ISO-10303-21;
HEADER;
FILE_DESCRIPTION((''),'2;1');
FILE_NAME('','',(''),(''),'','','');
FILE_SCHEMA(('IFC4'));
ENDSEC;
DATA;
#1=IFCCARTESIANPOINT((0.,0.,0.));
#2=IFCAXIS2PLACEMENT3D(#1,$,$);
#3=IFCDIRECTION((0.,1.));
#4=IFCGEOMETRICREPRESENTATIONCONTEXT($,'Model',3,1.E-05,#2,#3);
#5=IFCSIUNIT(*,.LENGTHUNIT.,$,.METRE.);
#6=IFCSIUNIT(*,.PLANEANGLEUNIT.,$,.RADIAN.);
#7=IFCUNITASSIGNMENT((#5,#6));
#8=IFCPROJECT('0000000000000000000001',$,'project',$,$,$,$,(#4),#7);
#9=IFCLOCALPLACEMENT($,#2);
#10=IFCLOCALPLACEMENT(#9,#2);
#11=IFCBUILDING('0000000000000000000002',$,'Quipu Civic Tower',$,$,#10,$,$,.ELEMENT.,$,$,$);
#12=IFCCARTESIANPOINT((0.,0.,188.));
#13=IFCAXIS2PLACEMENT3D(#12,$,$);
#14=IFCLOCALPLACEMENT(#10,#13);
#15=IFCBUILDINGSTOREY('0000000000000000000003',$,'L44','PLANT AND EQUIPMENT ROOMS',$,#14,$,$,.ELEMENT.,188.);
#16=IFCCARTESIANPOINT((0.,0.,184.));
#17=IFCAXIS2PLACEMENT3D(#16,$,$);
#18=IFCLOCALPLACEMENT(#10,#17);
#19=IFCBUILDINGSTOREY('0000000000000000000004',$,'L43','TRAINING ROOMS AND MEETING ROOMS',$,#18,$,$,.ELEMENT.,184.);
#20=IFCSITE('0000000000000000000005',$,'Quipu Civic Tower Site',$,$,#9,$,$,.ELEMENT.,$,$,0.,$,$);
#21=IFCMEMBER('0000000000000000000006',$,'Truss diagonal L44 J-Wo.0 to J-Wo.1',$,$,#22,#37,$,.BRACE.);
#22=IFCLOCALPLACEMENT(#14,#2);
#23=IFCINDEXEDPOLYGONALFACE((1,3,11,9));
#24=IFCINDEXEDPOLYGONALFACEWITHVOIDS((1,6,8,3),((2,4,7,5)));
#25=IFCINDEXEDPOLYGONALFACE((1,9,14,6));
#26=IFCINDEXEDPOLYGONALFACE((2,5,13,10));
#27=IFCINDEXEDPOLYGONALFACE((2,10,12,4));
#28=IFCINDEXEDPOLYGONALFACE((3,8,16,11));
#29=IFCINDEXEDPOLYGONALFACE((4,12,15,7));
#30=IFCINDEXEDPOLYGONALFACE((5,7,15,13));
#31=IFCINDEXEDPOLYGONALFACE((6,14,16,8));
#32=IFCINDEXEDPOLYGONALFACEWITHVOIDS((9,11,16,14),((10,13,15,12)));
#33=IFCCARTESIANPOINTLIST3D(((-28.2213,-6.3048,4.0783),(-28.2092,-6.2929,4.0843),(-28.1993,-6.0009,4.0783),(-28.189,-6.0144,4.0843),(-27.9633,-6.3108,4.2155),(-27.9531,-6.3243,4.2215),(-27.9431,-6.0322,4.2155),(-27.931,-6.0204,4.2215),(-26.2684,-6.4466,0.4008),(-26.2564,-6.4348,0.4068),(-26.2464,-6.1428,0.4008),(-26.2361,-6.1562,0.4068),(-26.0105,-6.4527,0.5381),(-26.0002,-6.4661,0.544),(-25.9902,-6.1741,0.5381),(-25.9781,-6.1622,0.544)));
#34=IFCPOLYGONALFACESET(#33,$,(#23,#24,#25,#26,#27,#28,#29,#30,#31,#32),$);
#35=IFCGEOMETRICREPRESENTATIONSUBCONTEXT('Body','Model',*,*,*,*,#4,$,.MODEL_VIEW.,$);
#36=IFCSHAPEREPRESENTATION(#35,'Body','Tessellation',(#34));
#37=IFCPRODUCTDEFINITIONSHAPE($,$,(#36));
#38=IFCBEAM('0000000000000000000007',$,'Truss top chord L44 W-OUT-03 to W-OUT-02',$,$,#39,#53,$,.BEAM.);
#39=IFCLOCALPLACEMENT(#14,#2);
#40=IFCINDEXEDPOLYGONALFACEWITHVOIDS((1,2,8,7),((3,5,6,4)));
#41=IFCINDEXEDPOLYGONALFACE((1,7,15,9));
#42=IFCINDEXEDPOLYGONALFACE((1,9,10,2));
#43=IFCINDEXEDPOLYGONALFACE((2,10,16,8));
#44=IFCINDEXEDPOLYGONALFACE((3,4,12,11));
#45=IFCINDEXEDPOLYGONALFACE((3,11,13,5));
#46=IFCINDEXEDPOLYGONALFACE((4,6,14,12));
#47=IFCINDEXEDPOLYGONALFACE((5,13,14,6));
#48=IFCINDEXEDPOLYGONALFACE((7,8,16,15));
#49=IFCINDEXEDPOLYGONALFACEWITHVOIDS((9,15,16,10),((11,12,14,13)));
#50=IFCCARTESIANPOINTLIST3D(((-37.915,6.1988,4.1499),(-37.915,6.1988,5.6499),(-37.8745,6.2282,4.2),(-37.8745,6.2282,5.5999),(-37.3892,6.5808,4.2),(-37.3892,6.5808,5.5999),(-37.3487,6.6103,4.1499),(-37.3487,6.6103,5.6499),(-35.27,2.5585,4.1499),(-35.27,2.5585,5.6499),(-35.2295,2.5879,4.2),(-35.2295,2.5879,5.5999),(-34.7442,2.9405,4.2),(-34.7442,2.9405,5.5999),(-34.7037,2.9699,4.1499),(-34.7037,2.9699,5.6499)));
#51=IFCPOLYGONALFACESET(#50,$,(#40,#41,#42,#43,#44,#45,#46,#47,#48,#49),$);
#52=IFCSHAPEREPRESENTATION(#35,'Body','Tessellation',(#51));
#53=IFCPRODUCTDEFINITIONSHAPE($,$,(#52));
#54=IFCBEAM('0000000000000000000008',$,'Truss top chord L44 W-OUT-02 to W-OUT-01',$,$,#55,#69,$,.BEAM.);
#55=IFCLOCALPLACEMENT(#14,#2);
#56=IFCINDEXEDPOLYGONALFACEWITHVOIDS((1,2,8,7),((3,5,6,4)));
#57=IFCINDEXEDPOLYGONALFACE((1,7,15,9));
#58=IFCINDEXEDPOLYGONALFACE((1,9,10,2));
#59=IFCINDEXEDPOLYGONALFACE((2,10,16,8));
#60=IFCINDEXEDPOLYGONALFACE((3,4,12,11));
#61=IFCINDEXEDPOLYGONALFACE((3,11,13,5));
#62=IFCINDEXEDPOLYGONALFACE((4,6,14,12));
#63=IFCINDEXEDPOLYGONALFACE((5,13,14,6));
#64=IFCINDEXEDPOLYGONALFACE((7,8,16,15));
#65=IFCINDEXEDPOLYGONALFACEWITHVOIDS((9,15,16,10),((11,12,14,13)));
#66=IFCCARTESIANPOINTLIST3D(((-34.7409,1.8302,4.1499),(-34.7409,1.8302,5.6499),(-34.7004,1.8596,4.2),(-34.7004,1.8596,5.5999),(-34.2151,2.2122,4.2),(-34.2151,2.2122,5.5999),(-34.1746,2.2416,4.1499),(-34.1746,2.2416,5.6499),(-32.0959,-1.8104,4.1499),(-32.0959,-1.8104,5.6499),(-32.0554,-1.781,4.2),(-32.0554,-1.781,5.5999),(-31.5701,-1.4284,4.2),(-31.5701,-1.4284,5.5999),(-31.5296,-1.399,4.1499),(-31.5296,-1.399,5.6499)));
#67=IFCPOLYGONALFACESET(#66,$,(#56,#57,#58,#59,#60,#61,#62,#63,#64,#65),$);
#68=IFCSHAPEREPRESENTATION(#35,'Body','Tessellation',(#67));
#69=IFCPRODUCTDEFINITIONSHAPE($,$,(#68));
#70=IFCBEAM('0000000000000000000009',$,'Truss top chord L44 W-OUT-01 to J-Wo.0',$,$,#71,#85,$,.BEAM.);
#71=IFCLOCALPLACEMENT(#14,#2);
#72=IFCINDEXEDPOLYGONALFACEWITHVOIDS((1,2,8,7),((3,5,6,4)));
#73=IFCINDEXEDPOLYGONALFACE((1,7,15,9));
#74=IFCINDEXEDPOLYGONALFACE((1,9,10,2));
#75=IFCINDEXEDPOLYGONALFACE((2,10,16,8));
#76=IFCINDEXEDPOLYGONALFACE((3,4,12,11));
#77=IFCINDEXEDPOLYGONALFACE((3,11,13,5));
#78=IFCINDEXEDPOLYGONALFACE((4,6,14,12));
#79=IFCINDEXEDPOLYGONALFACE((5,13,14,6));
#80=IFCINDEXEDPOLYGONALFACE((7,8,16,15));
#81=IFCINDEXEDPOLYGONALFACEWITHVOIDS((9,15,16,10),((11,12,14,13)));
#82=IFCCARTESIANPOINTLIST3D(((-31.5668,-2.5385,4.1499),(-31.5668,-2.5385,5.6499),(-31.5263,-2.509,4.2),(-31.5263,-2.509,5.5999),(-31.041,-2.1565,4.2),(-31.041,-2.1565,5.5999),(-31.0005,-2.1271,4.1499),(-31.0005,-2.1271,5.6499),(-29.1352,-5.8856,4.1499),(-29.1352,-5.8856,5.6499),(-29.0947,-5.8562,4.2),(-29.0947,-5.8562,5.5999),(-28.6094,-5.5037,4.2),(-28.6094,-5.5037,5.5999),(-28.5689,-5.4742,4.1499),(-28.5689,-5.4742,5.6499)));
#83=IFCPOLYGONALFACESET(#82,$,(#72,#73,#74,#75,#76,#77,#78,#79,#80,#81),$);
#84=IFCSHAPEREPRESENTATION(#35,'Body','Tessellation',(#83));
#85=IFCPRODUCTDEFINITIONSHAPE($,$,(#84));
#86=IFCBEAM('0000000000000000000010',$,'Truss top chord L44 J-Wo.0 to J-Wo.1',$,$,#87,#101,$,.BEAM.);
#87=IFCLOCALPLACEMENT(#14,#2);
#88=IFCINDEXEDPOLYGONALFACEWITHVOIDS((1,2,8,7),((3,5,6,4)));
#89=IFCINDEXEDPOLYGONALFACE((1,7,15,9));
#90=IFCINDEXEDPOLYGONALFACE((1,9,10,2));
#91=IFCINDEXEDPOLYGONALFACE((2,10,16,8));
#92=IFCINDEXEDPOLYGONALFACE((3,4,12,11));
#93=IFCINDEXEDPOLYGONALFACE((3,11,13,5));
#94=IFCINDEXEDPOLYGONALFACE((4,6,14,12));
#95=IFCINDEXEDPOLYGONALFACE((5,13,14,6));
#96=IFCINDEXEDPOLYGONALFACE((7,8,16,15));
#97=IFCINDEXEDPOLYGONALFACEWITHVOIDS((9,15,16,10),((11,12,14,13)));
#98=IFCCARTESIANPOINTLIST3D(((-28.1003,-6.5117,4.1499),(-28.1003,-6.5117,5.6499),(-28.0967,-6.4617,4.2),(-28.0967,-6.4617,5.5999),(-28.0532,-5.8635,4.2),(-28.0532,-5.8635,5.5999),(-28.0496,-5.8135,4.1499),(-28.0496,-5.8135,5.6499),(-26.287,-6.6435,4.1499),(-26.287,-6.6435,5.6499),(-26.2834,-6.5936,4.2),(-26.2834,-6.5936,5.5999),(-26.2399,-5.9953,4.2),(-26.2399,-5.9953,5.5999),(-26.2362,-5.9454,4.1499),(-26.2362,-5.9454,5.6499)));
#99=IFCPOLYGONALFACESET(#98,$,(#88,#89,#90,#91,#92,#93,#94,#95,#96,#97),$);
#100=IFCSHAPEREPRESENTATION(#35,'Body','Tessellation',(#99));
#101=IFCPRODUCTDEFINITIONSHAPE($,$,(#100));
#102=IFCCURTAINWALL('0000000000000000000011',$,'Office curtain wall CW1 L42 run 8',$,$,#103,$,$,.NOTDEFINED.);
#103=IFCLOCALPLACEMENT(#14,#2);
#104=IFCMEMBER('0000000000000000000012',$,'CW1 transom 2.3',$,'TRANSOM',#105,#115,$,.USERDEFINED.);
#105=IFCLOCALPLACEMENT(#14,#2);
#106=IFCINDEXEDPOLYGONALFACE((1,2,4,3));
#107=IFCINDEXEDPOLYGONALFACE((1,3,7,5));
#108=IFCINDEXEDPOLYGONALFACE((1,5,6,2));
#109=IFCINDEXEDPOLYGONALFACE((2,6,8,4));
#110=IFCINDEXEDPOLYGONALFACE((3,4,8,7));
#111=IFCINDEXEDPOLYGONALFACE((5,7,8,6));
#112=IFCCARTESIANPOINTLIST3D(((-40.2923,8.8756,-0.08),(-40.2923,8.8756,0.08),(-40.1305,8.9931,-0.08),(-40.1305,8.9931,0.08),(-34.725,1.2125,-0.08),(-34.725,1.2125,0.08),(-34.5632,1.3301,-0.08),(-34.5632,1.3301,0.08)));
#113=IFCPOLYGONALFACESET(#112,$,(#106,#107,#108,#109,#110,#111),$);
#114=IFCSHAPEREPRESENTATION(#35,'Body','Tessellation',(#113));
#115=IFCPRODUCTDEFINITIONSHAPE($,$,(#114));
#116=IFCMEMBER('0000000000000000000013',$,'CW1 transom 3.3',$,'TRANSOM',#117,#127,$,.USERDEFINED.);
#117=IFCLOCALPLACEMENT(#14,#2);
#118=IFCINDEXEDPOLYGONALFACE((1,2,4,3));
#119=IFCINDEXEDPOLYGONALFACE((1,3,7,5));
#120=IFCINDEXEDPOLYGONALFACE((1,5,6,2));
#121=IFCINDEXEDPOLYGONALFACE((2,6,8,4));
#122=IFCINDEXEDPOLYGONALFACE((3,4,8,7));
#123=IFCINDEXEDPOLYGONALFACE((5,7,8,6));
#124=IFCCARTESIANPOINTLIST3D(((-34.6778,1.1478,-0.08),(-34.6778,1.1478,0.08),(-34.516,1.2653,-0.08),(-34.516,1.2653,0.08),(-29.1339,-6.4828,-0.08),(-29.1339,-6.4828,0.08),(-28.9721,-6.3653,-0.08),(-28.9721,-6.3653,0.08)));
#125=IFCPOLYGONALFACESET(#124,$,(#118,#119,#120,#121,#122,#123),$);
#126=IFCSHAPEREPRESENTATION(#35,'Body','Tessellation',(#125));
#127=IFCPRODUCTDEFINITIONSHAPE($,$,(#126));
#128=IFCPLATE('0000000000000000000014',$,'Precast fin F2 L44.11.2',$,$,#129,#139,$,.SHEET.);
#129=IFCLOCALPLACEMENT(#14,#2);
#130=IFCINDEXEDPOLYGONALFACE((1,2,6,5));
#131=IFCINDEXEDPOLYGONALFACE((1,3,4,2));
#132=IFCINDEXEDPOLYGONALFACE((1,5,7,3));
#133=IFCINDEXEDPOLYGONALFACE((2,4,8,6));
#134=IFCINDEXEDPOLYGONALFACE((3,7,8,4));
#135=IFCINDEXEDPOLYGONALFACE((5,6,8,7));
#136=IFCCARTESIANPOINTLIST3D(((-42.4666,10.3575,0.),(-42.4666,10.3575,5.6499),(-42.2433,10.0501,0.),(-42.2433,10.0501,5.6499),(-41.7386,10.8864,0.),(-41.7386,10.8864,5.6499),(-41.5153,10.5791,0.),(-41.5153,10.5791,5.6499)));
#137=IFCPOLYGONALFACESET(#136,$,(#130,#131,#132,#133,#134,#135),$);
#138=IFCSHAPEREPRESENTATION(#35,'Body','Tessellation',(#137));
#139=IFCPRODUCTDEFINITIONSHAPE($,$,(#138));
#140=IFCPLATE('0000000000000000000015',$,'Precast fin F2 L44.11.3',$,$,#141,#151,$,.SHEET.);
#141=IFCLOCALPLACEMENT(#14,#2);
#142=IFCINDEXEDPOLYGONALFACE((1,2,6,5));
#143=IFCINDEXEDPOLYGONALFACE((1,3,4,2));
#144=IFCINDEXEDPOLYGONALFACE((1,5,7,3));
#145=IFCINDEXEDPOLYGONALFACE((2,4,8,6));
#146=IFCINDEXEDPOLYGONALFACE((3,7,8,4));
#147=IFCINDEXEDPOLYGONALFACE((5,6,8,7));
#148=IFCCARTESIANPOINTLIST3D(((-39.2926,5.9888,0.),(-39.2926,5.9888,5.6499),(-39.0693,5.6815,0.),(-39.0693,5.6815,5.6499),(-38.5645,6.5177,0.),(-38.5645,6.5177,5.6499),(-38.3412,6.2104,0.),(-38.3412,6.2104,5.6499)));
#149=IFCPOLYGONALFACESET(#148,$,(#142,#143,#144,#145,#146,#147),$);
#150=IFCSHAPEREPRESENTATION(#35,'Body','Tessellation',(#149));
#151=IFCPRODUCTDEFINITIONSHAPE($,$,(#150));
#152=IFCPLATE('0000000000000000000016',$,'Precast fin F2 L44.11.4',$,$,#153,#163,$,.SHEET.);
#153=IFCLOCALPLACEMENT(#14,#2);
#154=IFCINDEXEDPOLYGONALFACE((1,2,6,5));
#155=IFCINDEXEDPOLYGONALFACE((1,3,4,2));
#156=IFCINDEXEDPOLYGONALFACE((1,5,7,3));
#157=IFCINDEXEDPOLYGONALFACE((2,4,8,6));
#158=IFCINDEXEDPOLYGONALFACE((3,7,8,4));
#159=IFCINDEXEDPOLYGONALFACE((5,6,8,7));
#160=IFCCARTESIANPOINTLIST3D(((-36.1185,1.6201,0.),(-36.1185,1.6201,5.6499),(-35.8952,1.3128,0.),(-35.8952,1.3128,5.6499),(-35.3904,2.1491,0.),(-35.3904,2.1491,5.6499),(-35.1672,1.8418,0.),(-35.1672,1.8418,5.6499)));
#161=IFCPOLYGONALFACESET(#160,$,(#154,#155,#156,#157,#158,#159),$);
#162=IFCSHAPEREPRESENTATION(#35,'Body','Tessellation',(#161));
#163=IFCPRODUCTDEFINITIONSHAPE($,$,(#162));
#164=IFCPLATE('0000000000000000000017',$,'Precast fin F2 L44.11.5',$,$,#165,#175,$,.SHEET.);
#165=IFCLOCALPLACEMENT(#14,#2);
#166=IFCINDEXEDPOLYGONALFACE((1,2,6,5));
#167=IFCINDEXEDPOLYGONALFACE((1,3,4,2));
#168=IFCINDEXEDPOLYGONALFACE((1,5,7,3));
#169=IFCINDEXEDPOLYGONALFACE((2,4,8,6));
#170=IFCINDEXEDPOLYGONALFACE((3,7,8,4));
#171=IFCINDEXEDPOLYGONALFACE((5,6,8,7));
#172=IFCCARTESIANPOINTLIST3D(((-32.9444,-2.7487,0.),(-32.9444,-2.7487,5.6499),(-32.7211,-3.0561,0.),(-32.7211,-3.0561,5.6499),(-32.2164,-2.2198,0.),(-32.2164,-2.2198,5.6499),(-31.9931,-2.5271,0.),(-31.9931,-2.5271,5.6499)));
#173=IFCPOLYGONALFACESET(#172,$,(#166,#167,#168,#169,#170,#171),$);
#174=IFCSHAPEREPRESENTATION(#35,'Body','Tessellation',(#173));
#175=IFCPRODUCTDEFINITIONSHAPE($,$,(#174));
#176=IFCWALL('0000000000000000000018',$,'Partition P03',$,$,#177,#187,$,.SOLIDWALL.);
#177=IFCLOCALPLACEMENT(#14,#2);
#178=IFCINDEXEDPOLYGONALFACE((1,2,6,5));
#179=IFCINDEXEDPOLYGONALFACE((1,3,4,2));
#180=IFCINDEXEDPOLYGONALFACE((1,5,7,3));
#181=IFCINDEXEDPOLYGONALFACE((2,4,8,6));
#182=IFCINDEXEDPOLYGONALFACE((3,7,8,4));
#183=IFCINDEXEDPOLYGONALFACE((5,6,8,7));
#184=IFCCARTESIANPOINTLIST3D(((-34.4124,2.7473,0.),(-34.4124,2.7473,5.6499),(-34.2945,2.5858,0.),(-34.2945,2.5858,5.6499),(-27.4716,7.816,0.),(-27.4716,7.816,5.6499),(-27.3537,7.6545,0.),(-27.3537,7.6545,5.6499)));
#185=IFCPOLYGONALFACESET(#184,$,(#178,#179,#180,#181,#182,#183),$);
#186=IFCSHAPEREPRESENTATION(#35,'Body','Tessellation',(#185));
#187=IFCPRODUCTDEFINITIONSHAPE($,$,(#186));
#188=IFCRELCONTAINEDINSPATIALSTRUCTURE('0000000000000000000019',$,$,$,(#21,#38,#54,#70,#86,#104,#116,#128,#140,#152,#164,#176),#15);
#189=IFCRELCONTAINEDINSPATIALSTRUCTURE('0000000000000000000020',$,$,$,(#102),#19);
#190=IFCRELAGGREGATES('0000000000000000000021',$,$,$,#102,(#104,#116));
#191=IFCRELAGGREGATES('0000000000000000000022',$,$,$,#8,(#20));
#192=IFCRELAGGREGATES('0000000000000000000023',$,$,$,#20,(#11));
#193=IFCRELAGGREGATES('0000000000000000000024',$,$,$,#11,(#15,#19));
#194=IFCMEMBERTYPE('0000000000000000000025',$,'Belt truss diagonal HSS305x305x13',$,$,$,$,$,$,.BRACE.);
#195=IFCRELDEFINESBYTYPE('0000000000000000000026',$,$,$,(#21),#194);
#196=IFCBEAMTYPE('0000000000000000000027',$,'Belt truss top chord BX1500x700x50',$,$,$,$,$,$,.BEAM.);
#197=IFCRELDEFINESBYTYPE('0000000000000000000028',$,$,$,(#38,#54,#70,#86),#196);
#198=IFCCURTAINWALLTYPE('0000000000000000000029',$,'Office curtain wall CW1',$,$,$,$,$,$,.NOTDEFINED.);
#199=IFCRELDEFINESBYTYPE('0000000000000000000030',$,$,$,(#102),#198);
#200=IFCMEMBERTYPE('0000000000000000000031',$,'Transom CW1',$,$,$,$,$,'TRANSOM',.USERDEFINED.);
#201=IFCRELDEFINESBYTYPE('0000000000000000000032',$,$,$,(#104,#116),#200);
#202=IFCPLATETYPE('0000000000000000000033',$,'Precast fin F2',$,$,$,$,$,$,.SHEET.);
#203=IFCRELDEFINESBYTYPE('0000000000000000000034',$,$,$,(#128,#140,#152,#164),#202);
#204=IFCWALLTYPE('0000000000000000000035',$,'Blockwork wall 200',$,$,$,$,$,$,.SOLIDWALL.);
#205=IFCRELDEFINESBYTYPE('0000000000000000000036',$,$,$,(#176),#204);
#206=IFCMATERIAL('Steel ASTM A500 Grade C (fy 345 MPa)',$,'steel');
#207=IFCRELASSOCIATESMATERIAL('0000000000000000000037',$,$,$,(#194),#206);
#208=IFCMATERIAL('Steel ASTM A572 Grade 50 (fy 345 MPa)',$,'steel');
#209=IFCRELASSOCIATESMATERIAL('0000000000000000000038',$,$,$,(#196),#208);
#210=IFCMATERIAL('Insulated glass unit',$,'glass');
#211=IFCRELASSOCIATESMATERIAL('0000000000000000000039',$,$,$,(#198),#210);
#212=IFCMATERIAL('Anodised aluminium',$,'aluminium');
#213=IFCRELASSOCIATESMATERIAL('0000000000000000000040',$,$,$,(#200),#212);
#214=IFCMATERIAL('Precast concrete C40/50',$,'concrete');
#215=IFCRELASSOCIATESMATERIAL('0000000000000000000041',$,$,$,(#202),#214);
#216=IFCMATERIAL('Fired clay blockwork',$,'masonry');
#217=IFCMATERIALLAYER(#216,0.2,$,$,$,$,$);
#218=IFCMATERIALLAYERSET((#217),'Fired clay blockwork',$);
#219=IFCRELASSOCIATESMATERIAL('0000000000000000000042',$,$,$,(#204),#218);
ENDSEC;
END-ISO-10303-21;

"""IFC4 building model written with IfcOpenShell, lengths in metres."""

from ifc_helpers import new_model, si_unit, direction, frame, frame_2d, origin, origin_2d, place, context, subcontext, project, spatial, rectangle, hollow_rectangle, extrude, material, layer, layer_set, material_profile, profile_set, type_object, element, aggregate, save


model = new_model("IFC4")

# Units and contexts
model_context = context("Model", 3, precision=1e-05, world=origin(), true_north=direction((0.0, 1.0)))
body_context = subcontext(model_context, "Body", "Model", "MODEL_VIEW")
ifc_project = project(units=[si_unit("LENGTHUNIT", "METRE"), si_unit("PLANEANGLEUNIT", "RADIAN")], contexts=[model_context])

# Site, building, storey
site_placement = place(None, origin())
site = spatial("IfcSite", under=ifc_project, at=site_placement, Name="Quipu Civic Tower Site", CompositionType="ELEMENT", RefElevation=0.0)
building_placement = place(site_placement, origin())
building = spatial("IfcBuilding", under=site, at=building_placement, Name="Quipu Civic Tower", CompositionType="ELEMENT")
storey_1_placement = place(building_placement, frame((0.0, 0.0, 188.0)))
storey_1 = spatial("IfcBuildingStorey", under=building, at=storey_1_placement, Name="L44", Description="PLANT AND EQUIPMENT ROOMS", CompositionType="ELEMENT", Elevation=188.0)

# Member
ifc_material_1 = material(Name="Steel ASTM A500 Grade C (fy 345 MPa)", Category="steel")
ifc_material_profile_1 = material_profile(ifc_material_1, hollow_rectangle(XDim=0.3047, YDim=0.3047, WallThickness=0.0127, at=origin_2d()), Name="HSS305x305x13")
ifc_profile_set_1 = profile_set([ifc_material_profile_1], Name="Steel ASTM A500 Grade C (fy 345 MPa)")
member_type_1 = type_object("IfcMemberType", Name="Belt truss diagonal HSS305x305x13", PredefinedType="BRACE", material=ifc_profile_set_1)
member_1_placement = place(storey_1_placement, frame((-28.0762, -6.1626, 4.1499), z_axis=(0.468736, -0.034046, -0.882682), x_axis=(0.072443, 0.997373, 0.0)))
element("IfcMember", 1, at=member_1_placement, inside=storey_1, type_object=member_type_1, Name="Truss diagonal L44 J-Wo.0 to J-Wo.1", PredefinedType="BRACE", context=body_context, shape_type="SweptSolid", body=[
    extrude(hollow_rectangle(XDim=0.3047, YDim=0.3047, WallThickness=0.0127, at=origin_2d()), origin(), (0.0, 0.0, 1.0), 4.1663),
])

# Beams
ifc_material_2 = material(Name="Steel ASTM A572 Grade 50 (fy 345 MPa)", Category="steel")
ifc_material_profile_2 = material_profile(ifc_material_2, hollow_rectangle(XDim=0.7, YDim=1.5, WallThickness=0.05, at=origin_2d()), Name="BX1500x700x50")
ifc_profile_set_2 = profile_set([ifc_material_profile_2], Name="Steel ASTM A572 Grade 50 (fy 345 MPa)")
beam_type_1 = type_object("IfcBeamType", Name="Belt truss top chord BX1500x700x50", PredefinedType="BEAM", material=ifc_profile_set_2)
beam_1_placement = place(storey_1_placement, frame((-37.6318, 6.4045, 4.8999), z_axis=(0.587804, -0.809003, 0.0), x_axis=(0.809003, 0.587804, 0.0)))
element("IfcBeam", 2, at=beam_1_placement, inside=storey_1, type_object=beam_type_1, Name="Truss top chord L44 W-OUT-03 to W-OUT-02", PredefinedType="BEAM", context=body_context, shape_type="SweptSolid", body=[
    extrude(hollow_rectangle(XDim=0.7, YDim=1.5, WallThickness=0.05, at=origin_2d()), origin(), (0.0, 0.0, 1.0), 4.4998),
])
beam_2_placement = place(storey_1_placement, frame((-34.4578, 2.0359, 4.8999), z_axis=(0.587778, -0.809022, 0.0), x_axis=(0.809022, 0.587778, 0.0)))
element("IfcBeam", 3, at=beam_2_placement, inside=storey_1, type_object=beam_type_1, Name="Truss top chord L44 W-OUT-02 to W-OUT-01", PredefinedType="BEAM", context=body_context, shape_type="SweptSolid", body=[
    extrude(hollow_rectangle(XDim=0.7, YDim=1.5, WallThickness=0.05, at=origin_2d()), origin(), (0.0, 0.0, 1.0), 4.5),
])
beam_3_placement = place(storey_1_placement, frame((-31.2837, -2.3328, 4.8999), z_axis=(0.587751, -0.809042, 0.0), x_axis=(0.809042, 0.587751, 0.0)))
element("IfcBeam", 4, at=beam_3_placement, inside=storey_1, type_object=beam_type_1, Name="Truss top chord L44 W-OUT-01 to J-Wo.0", PredefinedType="BEAM", context=body_context, shape_type="SweptSolid", body=[
    extrude(hollow_rectangle(XDim=0.7, YDim=1.5, WallThickness=0.05, at=origin_2d()), origin(), (0.0, 0.0, 1.0), 4.1372),
])
beam_4_placement = place(storey_1_placement, frame((-28.075, -6.1626, 4.8999), z_axis=(0.997367, -0.072516, 0.0), x_axis=(0.072516, 0.997367, 0.0)))
element("IfcBeam", 5, at=beam_4_placement, inside=storey_1, type_object=beam_type_1, Name="Truss top chord L44 J-Wo.0 to J-Wo.1", PredefinedType="BEAM", context=body_context, shape_type="SweptSolid", body=[
    extrude(hollow_rectangle(XDim=0.7, YDim=1.5, WallThickness=0.05, at=origin_2d()), origin(), (0.0, 0.0, 1.0), 1.8181),
])

# Shared definitions
storey_2_placement = place(building_placement, frame((0.0, 0.0, 184.0)))
storey_2 = spatial("IfcBuildingStorey", under=building, at=storey_2_placement, Name="L43", Description="TRAINING ROOMS AND MEETING ROOMS", CompositionType="ELEMENT", Elevation=184.0)

# Curtain wall, members
ifc_material_3 = material(Name="Insulated glass unit", Category="glass")
curtain_wall_type = type_object("IfcCurtainWallType", Name="Office curtain wall CW1", PredefinedType="NOTDEFINED", material=ifc_material_3)
curtain_wall_placement = place(storey_2_placement, origin())
curtain_wall = element("IfcCurtainWall", 6, at=curtain_wall_placement, inside=storey_2, type_object=curtain_wall_type, Name="Office curtain wall CW1 L42 run 8", PredefinedType="NOTDEFINED")
ifc_material_4 = material(Name="Anodised aluminium", Category="aluminium")
ifc_material_profile_3 = material_profile(ifc_material_4, rectangle(XDim=0.2, YDim=0.1599, at=origin_2d()), Name="RECT 200x160")
ifc_profile_set_3 = profile_set([ifc_material_profile_3], Name="Anodised aluminium")
member_type_2 = type_object("IfcMemberType", Name="Transom CW1", ElementType="TRANSOM", PredefinedType="USERDEFINED", material=ifc_profile_set_3)
member_2_placement = place(storey_1_placement, frame((-40.2114, 8.9343, 0.0), z_axis=(0.587773, -0.809026, 0.0), x_axis=(0.809026, 0.587773, 0.0)))
member_2 = element("IfcMember", 7, at=member_2_placement, inside=storey_1, type_object=member_type_2, Name="CW1 transom 2.3", ObjectType="TRANSOM", PredefinedType="USERDEFINED", context=body_context, shape_type="SweptSolid", body=[
    extrude(rectangle(XDim=0.2, YDim=0.1599, at=origin_2d()), origin(), (0.0, 0.0, 1.0), 9.4719),
])
member_3_placement = place(storey_1_placement, frame((-34.5969, 1.2065, 0.0), z_axis=(0.587784, -0.809018, 0.0), x_axis=(0.809018, 0.587784, 0.0)))
member_3 = element("IfcMember", 8, at=member_3_placement, inside=storey_1, type_object=member_type_2, Name="CW1 transom 3.3", ObjectType="TRANSOM", PredefinedType="USERDEFINED", context=body_context, shape_type="SweptSolid", body=[
    extrude(rectangle(XDim=0.2, YDim=0.1599, at=origin_2d()), origin(), (0.0, 0.0, 1.0), 9.4319),
])
aggregate(curtain_wall, [member_2, member_3])

# Plates
ifc_material_5 = material(Name="Precast concrete C40/50", Category="concrete")
plate_type = type_object("IfcPlateType", Name="Precast fin F2", PredefinedType="SHEET", material=ifc_material_5)
for number, where, z_axis, x_axis, name in (
    (9, (-41.991, 10.4683, 0.0), (0.0, 0.0, 1.0), (0.587786, -0.809017, 0.0), "Precast fin F2 L44.11.2"),
    (10, (-38.8169, 6.0996, 0.0), (0.0, 0.0, 1.0), (0.587786, -0.809017, 0.0), "Precast fin F2 L44.11.3"),
    (11, (-35.6428, 1.731, 0.0), (0.0, 0.0, 1.0), (0.587786, -0.809017, 0.0), "Precast fin F2 L44.11.4"),
    (12, (-32.4688, -2.6379, 0.0), (0.0, 0.0, 1.0), (0.587786, -0.809017, 0.0), "Precast fin F2 L44.11.5"),
):
    element("IfcPlate", number, at=place(storey_1_placement, frame(where, z_axis=z_axis, x_axis=x_axis)), inside=storey_1, type_object=plate_type, Name=name, PredefinedType="SHEET", context=body_context, shape_type="SweptSolid", body=[
        extrude(rectangle(XDim=0.3799, YDim=0.8999, at=origin_2d()), origin(), (0.0, 0.0, 1.0), 5.6499),
    ])

# Wall
ifc_material_6 = material(Name="Fired clay blockwork", Category="masonry")
ifc_layer = layer(ifc_material_6, 0.2)
ifc_layer_set = layer_set([ifc_layer], Name="Fired clay blockwork")
wall_type_1 = type_object("IfcWallType", Name="Blockwork wall 200", PredefinedType="SOLIDWALL", material=ifc_layer_set)
wall_1_placement = place(storey_1_placement, frame((-34.3535, 2.6665, 0.0), z_axis=(0.0, 0.0, 1.0), x_axis=(0.807581, 0.589757, 0.0)))
element("IfcWall", 13, at=wall_1_placement, inside=storey_1, type_object=wall_type_1, Name="Partition P03", PredefinedType="SOLIDWALL", context=body_context, shape_type="SweptSolid", body=[
    extrude(rectangle(XDim=8.5945, YDim=0.2, at=frame_2d((4.2974, 0.0))), origin(), (0.0, 0.0, 1.0), 5.6499),
])

save(model, "model.ifc")
